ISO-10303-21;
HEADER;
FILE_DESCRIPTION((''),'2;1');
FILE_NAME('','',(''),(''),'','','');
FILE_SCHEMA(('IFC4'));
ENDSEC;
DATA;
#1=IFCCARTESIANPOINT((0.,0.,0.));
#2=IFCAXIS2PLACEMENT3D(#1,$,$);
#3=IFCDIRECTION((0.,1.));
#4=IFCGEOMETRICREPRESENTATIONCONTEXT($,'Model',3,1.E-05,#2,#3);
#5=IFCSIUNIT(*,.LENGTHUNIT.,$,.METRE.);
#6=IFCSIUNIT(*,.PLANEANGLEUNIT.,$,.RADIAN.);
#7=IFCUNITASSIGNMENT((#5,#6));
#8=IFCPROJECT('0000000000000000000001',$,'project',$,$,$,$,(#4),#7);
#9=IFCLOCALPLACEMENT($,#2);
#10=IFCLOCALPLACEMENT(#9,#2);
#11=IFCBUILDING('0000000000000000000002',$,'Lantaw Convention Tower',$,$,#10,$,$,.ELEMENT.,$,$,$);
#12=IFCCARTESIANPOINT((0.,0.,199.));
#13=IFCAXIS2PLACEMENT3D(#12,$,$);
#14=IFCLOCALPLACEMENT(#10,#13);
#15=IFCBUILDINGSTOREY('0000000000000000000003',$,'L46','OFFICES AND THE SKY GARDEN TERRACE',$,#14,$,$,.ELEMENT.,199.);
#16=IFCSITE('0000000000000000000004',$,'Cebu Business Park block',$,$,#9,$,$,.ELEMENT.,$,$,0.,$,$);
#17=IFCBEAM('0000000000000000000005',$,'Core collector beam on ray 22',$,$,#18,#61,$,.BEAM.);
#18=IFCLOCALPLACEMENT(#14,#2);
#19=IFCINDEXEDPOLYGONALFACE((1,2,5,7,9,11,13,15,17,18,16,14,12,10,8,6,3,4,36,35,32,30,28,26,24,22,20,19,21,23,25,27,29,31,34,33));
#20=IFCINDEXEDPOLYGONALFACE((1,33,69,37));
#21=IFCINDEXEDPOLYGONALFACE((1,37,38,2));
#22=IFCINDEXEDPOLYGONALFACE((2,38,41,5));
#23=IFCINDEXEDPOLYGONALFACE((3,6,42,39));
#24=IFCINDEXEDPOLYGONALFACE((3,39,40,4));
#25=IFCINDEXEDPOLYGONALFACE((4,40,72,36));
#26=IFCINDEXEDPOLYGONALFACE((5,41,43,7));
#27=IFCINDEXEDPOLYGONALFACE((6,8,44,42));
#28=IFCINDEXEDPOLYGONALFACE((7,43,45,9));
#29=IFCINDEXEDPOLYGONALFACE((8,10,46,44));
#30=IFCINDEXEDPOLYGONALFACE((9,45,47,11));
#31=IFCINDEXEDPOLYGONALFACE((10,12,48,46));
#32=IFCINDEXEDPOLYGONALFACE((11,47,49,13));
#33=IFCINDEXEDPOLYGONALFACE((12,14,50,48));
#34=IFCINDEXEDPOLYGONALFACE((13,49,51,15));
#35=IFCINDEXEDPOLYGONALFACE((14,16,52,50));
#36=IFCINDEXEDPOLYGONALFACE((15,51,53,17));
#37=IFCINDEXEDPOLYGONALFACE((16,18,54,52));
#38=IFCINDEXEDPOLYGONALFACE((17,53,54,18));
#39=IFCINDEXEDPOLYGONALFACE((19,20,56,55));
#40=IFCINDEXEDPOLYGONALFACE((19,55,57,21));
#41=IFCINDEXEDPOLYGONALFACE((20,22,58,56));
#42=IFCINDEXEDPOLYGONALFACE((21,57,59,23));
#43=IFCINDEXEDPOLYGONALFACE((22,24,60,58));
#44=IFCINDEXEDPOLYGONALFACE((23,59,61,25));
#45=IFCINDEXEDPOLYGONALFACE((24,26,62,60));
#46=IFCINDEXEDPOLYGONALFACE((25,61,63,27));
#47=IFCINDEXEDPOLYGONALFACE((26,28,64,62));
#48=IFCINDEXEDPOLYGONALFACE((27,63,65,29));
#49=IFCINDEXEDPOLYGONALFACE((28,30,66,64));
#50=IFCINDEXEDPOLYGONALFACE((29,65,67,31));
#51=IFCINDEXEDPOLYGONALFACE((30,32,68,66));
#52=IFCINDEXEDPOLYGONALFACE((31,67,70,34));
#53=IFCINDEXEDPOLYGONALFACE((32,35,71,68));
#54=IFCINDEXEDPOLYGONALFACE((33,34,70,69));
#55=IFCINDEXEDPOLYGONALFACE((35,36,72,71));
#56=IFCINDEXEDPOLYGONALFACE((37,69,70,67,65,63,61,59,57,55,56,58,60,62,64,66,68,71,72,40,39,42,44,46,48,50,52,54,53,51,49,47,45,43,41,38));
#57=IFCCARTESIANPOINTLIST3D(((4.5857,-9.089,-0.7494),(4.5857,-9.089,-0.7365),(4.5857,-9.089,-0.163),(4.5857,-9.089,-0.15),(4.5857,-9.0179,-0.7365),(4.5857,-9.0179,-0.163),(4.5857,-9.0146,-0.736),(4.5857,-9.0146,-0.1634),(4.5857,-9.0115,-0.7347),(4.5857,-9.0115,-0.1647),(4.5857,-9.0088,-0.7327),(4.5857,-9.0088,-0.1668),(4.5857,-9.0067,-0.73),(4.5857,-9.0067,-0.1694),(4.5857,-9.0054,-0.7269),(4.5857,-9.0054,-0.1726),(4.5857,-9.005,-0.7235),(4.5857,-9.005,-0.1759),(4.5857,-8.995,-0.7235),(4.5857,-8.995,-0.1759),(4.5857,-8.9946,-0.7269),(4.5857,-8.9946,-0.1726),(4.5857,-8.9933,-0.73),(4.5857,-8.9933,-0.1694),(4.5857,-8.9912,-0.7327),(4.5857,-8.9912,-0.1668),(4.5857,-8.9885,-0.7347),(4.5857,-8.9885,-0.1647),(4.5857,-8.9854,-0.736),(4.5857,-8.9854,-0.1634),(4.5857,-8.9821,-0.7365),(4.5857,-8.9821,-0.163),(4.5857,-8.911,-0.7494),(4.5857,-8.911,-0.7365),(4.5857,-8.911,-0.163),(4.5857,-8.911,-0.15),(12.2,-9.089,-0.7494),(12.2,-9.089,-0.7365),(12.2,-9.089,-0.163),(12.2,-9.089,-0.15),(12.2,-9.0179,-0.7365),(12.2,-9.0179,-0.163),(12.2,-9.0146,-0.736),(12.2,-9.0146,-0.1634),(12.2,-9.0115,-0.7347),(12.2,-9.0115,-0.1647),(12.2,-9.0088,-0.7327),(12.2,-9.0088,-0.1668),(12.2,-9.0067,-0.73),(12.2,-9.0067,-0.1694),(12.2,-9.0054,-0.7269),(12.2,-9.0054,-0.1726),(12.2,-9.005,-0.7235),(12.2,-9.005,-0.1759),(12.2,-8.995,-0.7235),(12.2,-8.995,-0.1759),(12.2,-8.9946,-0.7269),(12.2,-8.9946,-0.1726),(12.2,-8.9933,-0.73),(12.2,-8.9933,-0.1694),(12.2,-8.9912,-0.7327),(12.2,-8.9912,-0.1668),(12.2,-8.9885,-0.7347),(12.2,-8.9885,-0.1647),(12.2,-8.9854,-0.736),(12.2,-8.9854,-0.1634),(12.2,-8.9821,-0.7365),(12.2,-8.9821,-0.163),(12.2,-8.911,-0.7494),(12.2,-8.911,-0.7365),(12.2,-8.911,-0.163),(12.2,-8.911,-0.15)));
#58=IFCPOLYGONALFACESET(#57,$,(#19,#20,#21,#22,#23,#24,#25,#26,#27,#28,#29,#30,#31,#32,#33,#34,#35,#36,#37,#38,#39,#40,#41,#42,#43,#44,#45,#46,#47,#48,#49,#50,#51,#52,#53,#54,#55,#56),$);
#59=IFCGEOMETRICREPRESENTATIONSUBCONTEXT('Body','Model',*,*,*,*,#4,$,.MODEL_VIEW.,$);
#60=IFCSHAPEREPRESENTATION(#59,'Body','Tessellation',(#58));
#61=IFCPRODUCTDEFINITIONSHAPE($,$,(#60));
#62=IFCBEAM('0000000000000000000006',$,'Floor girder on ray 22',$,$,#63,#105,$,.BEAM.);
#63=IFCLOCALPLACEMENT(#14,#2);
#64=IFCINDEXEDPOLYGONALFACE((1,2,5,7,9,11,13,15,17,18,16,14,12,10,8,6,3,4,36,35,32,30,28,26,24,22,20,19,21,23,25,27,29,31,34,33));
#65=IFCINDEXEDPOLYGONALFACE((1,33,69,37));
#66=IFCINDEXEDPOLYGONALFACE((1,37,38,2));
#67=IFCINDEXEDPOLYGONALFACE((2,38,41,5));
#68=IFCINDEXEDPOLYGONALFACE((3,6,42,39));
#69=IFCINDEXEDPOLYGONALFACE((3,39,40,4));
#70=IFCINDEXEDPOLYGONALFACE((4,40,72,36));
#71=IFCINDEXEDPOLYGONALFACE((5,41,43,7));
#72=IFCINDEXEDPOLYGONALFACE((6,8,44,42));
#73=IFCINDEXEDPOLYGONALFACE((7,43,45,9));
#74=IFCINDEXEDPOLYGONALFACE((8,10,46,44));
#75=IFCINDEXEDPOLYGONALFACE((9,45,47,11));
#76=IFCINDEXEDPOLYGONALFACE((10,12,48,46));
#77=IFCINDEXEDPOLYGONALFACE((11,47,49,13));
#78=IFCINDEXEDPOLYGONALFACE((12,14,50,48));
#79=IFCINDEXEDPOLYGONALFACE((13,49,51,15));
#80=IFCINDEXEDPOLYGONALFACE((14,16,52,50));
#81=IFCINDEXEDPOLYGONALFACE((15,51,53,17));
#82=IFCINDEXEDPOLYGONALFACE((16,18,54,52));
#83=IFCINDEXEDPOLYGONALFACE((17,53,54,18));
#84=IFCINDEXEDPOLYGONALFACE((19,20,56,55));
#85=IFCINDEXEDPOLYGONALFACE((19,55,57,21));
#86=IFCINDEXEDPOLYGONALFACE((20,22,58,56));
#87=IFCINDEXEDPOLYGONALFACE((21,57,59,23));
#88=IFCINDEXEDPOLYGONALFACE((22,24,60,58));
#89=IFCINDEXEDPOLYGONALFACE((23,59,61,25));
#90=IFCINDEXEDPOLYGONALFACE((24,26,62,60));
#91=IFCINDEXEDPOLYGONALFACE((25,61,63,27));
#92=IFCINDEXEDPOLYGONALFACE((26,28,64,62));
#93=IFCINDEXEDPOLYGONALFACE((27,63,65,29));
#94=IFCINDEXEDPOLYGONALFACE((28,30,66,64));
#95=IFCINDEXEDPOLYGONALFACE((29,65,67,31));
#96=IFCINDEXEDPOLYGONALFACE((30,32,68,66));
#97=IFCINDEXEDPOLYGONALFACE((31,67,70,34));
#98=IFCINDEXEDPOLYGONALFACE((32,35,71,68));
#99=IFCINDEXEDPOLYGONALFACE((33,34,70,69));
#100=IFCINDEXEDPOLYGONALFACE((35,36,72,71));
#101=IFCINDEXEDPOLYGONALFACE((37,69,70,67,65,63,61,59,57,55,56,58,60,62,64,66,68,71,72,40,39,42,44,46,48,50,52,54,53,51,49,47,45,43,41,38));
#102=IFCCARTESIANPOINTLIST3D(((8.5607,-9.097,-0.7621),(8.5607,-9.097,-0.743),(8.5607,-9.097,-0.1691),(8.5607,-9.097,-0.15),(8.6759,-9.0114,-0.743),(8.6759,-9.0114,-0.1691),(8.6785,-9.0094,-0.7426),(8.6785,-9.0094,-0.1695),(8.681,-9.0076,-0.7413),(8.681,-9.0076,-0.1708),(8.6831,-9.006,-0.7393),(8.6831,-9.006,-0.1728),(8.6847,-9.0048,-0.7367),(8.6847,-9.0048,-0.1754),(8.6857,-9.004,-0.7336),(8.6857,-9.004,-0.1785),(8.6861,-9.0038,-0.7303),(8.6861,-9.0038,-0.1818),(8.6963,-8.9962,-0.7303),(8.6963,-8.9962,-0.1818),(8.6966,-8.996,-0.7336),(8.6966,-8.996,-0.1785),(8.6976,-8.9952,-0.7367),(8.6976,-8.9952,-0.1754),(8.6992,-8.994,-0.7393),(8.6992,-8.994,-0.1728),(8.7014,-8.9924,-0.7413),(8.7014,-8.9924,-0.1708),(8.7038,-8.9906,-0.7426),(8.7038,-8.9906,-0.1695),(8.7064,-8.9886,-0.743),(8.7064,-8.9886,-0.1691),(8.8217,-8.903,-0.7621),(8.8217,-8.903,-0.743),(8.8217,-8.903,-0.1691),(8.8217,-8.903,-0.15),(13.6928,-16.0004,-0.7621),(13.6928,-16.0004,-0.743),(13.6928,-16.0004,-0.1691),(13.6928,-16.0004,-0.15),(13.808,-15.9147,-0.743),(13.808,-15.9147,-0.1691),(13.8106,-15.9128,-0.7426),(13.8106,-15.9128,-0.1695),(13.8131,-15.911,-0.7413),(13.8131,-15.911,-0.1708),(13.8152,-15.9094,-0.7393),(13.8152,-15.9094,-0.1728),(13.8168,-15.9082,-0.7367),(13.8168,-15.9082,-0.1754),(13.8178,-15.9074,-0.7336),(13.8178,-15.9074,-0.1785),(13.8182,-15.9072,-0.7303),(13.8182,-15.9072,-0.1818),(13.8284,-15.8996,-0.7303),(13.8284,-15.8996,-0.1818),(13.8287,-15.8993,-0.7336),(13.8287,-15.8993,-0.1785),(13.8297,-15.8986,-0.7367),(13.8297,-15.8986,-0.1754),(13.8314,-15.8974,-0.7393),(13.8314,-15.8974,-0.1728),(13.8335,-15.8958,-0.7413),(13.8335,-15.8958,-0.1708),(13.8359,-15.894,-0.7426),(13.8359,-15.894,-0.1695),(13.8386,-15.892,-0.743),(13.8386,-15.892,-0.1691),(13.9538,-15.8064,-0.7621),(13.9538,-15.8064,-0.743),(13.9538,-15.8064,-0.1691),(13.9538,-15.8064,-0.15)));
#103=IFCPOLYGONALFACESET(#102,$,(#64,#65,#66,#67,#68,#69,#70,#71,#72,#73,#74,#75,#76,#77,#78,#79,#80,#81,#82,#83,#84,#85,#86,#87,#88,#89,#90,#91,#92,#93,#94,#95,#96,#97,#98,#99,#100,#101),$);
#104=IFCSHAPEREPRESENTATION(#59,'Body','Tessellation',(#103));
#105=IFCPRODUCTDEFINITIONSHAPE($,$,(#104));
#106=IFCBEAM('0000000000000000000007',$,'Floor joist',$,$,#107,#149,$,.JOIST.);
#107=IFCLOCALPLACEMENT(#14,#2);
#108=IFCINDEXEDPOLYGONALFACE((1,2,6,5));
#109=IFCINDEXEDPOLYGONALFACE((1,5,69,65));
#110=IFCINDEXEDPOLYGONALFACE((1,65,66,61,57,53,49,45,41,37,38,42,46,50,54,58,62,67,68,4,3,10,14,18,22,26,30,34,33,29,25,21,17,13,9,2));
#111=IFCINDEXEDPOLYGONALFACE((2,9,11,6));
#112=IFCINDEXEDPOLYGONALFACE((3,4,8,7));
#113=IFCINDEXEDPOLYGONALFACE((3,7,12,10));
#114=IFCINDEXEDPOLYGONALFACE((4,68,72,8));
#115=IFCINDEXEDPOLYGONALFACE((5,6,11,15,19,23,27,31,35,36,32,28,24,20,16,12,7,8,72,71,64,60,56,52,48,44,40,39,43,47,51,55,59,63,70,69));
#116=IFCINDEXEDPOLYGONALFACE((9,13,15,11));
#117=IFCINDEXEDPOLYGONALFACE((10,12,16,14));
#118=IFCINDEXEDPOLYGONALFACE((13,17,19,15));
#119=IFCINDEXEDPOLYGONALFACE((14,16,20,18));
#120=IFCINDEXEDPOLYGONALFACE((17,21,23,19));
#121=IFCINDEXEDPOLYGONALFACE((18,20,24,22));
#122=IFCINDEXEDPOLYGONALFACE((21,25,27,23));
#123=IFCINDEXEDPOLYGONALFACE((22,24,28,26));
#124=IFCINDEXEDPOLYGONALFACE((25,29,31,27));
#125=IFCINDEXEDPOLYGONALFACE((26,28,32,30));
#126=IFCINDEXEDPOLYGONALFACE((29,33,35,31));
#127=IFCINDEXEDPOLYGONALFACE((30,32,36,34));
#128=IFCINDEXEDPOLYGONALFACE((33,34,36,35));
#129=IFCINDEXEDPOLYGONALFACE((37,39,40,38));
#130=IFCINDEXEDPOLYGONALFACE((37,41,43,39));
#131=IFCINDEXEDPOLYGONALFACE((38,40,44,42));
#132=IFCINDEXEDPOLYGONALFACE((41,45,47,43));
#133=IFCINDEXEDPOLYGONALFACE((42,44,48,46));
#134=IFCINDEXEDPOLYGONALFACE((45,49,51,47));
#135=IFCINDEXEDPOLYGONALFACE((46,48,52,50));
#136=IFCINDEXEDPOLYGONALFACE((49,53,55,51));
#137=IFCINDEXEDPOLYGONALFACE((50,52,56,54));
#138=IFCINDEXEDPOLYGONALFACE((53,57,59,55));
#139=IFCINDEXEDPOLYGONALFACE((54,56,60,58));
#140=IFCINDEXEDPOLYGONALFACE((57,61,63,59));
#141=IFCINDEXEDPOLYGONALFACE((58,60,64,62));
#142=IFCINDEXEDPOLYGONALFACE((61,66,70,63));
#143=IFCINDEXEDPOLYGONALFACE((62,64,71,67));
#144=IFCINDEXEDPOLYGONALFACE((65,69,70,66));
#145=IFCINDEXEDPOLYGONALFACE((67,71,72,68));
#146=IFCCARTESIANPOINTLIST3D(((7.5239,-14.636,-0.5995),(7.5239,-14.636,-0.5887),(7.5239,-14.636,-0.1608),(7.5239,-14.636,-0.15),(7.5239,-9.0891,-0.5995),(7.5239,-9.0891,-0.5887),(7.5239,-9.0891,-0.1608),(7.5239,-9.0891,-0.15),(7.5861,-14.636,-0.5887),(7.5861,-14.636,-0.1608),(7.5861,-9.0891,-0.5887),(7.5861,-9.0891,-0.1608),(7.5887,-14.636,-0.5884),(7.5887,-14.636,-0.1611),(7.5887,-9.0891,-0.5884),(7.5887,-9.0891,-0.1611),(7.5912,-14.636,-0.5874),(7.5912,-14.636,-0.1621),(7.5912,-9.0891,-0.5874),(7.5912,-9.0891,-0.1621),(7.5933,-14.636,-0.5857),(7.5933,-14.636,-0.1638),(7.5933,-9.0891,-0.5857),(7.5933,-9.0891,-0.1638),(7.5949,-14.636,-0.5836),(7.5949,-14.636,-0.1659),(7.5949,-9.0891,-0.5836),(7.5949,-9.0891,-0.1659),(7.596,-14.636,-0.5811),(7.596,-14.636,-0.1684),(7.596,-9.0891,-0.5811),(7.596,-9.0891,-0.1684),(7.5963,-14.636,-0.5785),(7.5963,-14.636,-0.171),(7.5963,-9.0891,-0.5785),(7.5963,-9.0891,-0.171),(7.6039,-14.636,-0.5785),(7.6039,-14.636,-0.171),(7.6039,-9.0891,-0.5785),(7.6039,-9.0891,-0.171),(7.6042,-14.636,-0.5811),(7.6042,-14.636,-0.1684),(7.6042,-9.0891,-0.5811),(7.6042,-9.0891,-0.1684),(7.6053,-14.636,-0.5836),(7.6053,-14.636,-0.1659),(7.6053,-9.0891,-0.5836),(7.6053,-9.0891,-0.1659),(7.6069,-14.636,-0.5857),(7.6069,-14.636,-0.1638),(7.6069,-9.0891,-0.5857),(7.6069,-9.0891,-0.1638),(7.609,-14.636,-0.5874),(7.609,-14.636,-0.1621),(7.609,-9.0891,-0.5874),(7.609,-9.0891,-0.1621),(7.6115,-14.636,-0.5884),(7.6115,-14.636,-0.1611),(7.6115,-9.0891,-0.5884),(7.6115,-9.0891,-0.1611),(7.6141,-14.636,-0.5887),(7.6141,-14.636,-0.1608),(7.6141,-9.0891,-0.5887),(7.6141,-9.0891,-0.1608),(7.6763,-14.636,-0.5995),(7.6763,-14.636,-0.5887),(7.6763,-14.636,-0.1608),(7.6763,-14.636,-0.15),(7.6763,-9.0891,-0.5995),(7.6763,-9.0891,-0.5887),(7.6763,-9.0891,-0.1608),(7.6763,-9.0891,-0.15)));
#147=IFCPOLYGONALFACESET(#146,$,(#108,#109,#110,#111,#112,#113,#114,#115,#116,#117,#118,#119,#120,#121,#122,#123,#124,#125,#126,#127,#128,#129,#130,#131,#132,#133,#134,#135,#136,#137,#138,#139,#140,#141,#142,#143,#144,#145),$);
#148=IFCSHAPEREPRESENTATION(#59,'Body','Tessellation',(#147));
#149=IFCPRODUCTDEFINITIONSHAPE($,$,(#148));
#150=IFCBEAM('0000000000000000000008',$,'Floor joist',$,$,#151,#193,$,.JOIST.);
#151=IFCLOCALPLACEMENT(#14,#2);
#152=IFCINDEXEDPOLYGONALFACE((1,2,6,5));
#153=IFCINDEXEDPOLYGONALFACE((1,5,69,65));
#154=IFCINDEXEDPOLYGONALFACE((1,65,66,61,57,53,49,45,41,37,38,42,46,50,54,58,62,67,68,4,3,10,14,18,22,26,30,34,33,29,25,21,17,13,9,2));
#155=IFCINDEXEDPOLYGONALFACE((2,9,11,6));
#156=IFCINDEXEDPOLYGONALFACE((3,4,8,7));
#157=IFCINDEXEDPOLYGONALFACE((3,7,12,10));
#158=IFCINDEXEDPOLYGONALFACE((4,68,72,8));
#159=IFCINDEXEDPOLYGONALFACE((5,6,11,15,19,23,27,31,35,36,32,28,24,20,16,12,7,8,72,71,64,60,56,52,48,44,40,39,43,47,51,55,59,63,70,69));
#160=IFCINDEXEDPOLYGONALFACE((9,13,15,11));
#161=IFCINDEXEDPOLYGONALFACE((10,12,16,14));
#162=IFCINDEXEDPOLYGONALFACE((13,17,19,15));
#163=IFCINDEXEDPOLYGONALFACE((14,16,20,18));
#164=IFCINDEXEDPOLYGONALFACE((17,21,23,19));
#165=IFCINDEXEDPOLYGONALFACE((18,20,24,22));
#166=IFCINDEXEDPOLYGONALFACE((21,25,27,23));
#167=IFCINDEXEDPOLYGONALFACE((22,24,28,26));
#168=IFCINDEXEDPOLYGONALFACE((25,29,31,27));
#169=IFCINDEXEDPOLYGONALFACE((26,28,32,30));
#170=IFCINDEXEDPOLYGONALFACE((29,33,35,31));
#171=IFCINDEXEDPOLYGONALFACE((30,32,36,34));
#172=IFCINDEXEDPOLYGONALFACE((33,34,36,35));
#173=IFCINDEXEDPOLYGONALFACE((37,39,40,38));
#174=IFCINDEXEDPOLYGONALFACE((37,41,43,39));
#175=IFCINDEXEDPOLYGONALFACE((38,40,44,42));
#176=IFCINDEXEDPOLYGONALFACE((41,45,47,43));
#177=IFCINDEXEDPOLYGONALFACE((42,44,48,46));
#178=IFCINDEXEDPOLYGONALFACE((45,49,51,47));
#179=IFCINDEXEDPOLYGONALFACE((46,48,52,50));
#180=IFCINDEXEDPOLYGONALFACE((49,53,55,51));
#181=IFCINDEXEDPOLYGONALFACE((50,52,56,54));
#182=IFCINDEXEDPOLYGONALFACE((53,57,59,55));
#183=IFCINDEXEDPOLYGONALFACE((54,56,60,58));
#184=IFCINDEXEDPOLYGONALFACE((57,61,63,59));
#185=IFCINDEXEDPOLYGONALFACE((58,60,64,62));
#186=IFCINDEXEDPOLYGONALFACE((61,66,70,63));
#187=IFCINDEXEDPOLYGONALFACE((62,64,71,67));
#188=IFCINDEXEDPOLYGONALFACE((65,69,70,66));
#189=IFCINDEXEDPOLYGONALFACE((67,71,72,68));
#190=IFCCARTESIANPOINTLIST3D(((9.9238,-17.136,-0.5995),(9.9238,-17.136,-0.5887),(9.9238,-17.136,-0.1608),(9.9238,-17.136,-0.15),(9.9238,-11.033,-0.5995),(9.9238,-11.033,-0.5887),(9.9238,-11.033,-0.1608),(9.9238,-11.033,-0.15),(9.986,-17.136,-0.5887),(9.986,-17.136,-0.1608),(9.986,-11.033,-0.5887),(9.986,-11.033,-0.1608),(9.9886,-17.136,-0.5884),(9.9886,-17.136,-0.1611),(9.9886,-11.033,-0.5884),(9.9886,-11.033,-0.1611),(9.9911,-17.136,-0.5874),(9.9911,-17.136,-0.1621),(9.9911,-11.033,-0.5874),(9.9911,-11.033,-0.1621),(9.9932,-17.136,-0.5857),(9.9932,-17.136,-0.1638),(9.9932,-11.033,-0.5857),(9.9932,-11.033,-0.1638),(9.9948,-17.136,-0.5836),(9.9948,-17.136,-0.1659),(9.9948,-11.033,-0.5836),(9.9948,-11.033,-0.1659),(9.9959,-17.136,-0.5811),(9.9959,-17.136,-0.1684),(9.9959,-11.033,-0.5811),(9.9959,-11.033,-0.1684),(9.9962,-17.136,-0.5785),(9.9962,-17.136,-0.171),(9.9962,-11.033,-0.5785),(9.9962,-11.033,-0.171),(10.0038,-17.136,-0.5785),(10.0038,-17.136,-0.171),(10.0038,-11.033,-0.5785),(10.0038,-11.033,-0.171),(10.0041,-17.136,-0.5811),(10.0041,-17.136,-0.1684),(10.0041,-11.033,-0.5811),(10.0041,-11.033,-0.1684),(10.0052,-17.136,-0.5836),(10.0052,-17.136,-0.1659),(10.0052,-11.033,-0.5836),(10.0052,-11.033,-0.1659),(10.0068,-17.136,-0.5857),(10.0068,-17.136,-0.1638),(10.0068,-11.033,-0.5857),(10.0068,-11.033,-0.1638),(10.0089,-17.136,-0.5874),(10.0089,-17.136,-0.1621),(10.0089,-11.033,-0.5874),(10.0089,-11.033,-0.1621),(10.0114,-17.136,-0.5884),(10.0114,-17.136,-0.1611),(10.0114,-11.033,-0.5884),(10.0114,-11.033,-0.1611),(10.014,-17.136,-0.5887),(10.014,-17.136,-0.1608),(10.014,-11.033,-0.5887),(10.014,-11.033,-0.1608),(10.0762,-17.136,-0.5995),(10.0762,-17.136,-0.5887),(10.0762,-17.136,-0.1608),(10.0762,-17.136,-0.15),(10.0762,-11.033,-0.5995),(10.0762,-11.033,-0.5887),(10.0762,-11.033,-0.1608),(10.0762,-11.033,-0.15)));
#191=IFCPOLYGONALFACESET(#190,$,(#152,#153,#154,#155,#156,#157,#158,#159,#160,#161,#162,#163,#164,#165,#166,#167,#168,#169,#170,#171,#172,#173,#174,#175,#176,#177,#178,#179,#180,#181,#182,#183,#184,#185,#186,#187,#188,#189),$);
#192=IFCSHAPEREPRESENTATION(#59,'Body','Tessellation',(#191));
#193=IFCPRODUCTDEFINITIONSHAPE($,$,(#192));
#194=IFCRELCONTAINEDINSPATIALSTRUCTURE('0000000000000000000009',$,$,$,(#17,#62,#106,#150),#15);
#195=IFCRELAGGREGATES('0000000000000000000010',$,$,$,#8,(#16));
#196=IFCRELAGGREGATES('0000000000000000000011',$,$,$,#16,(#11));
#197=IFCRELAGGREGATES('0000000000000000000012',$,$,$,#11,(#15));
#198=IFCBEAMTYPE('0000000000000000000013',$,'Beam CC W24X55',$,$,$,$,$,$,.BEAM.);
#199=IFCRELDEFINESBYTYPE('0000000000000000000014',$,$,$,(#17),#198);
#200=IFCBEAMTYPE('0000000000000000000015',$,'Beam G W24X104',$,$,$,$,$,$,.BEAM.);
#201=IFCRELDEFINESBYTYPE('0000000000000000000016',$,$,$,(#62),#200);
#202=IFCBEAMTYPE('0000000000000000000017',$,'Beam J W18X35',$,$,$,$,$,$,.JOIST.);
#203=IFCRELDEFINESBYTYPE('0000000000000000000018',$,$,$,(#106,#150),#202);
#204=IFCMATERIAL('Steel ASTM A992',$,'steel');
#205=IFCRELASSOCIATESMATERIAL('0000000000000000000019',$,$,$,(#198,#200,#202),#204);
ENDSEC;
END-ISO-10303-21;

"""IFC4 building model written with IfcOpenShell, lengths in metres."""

from ifc_helpers import new_model, si_unit, direction, frame, origin, origin_2d, place, context, subcontext, project, spatial, i_section, extrude, material, material_profile, profile_set, type_object, element, save


model = new_model("IFC4")

# Units and contexts
model_context = context("Model", 3, precision=1e-05, world=origin(), true_north=direction((0.0, 1.0)))
body_context = subcontext(model_context, "Body", "Model", "MODEL_VIEW")
ifc_project = project(units=[si_unit("LENGTHUNIT", "METRE"), si_unit("PLANEANGLEUNIT", "RADIAN")], contexts=[model_context])

# Site, building, storey
site_placement = place(None, origin())
site = spatial("IfcSite", under=ifc_project, at=site_placement, Name="Cebu Business Park block", CompositionType="ELEMENT", RefElevation=0.0)
building_placement = place(site_placement, origin())
building = spatial("IfcBuilding", under=site, at=building_placement, Name="Lantaw Convention Tower", CompositionType="ELEMENT")
storey_placement = place(building_placement, frame((0.0, 0.0, 199.0)))
storey = spatial("IfcBuildingStorey", under=building, at=storey_placement, Name="L46", Description="OFFICES AND THE SKY GARDEN TERRACE", CompositionType="ELEMENT", Elevation=199.0)

# Beams
ifc_material_1 = material(Name="Steel ASTM A992", Category="steel")
ifc_material_profile_1 = material_profile(ifc_material_1, i_section(OverallWidth=0.178, OverallDepth=0.5994, WebThickness=0.01, FlangeThickness=0.0129, FilletRadius=0.0129, at=origin_2d()), Name="W24X55")
ifc_profile_set_1 = profile_set([ifc_material_profile_1], Name="Steel ASTM A992")
beam_type_1 = type_object("IfcBeamType", Name="Beam CC W24X55", PredefinedType="BEAM", material=ifc_profile_set_1)
beam_1_placement = place(storey_placement, frame((12.2, -9.0, -0.4497), z_axis=(-1.0, 0.0, 0.0), x_axis=(0.0, -1.0, 0.0)))
element("IfcBeam", 1, at=beam_1_placement, inside=storey, type_object=beam_type_1, Name="Core collector beam on ray 22", PredefinedType="BEAM", context=body_context, shape_type="SweptSolid", body=[
    extrude(i_section(OverallWidth=0.178, OverallDepth=0.5994, WebThickness=0.01, FlangeThickness=0.0129, FilletRadius=0.0129, at=origin_2d()), origin(), (0.0, 0.0, 1.0), 7.6143),
])
ifc_material_profile_2 = material_profile(ifc_material_1, i_section(OverallWidth=0.3252, OverallDepth=0.6121, WebThickness=0.0127, FlangeThickness=0.019, FilletRadius=0.0127, at=origin_2d()), Name="W24X104")
ifc_profile_set_2 = profile_set([ifc_material_profile_2], Name="Steel ASTM A992")
beam_type_2 = type_object("IfcBeamType", Name="Beam G W24X104", PredefinedType="BEAM", material=ifc_profile_set_2)
beam_2_placement = place(storey_placement, frame((8.6912, -9.0, -0.4561), z_axis=(0.596616, -0.802527, 0.0), x_axis=(0.802527, 0.596616, 0.0)))
element("IfcBeam", 2, at=beam_2_placement, inside=storey, type_object=beam_type_2, Name="Floor girder on ray 22", PredefinedType="BEAM", context=body_context, shape_type="SweptSolid", body=[
    extrude(i_section(OverallWidth=0.3252, OverallDepth=0.6121, WebThickness=0.0127, FlangeThickness=0.019, FilletRadius=0.0127, at=origin_2d()), origin(), (0.0, 0.0, 1.0), 8.6021),
])
ifc_material_profile_3 = material_profile(ifc_material_1, i_section(OverallWidth=0.1523, OverallDepth=0.4495, WebThickness=0.0076, FlangeThickness=0.0107, FilletRadius=0.0103, at=origin_2d()), Name="W18X35")
ifc_profile_set_3 = profile_set([ifc_material_profile_3], Name="Steel ASTM A992")
beam_type_3 = type_object("IfcBeamType", Name="Beam J W18X35", PredefinedType="JOIST", material=ifc_profile_set_3)
beam_3_placement = place(storey_placement, frame((7.6001, -14.636, -0.3748), z_axis=(0.0, 1.0, 0.0), x_axis=(-1.0, 0.0, 0.0)))
element("IfcBeam", 3, at=beam_3_placement, inside=storey, type_object=beam_type_3, Name="Floor joist", PredefinedType="JOIST", context=body_context, shape_type="SweptSolid", body=[
    extrude(i_section(OverallWidth=0.1523, OverallDepth=0.4495, WebThickness=0.0076, FlangeThickness=0.0107, FilletRadius=0.0103, at=origin_2d()), origin(), (0.0, 0.0, 1.0), 5.5469),
])
beam_4_placement = place(storey_placement, frame((10.0, -17.136, -0.3748), z_axis=(0.0, 1.0, 0.0), x_axis=(-1.0, 0.0, 0.0)))
element("IfcBeam", 4, at=beam_4_placement, inside=storey, type_object=beam_type_3, Name="Floor joist", PredefinedType="JOIST", context=body_context, shape_type="SweptSolid", body=[
    extrude(i_section(OverallWidth=0.1523, OverallDepth=0.4495, WebThickness=0.0076, FlangeThickness=0.0107, FilletRadius=0.0103, at=origin_2d()), origin(), (0.0, 0.0, 1.0), 6.103),
])

save(model, "model.ifc")
